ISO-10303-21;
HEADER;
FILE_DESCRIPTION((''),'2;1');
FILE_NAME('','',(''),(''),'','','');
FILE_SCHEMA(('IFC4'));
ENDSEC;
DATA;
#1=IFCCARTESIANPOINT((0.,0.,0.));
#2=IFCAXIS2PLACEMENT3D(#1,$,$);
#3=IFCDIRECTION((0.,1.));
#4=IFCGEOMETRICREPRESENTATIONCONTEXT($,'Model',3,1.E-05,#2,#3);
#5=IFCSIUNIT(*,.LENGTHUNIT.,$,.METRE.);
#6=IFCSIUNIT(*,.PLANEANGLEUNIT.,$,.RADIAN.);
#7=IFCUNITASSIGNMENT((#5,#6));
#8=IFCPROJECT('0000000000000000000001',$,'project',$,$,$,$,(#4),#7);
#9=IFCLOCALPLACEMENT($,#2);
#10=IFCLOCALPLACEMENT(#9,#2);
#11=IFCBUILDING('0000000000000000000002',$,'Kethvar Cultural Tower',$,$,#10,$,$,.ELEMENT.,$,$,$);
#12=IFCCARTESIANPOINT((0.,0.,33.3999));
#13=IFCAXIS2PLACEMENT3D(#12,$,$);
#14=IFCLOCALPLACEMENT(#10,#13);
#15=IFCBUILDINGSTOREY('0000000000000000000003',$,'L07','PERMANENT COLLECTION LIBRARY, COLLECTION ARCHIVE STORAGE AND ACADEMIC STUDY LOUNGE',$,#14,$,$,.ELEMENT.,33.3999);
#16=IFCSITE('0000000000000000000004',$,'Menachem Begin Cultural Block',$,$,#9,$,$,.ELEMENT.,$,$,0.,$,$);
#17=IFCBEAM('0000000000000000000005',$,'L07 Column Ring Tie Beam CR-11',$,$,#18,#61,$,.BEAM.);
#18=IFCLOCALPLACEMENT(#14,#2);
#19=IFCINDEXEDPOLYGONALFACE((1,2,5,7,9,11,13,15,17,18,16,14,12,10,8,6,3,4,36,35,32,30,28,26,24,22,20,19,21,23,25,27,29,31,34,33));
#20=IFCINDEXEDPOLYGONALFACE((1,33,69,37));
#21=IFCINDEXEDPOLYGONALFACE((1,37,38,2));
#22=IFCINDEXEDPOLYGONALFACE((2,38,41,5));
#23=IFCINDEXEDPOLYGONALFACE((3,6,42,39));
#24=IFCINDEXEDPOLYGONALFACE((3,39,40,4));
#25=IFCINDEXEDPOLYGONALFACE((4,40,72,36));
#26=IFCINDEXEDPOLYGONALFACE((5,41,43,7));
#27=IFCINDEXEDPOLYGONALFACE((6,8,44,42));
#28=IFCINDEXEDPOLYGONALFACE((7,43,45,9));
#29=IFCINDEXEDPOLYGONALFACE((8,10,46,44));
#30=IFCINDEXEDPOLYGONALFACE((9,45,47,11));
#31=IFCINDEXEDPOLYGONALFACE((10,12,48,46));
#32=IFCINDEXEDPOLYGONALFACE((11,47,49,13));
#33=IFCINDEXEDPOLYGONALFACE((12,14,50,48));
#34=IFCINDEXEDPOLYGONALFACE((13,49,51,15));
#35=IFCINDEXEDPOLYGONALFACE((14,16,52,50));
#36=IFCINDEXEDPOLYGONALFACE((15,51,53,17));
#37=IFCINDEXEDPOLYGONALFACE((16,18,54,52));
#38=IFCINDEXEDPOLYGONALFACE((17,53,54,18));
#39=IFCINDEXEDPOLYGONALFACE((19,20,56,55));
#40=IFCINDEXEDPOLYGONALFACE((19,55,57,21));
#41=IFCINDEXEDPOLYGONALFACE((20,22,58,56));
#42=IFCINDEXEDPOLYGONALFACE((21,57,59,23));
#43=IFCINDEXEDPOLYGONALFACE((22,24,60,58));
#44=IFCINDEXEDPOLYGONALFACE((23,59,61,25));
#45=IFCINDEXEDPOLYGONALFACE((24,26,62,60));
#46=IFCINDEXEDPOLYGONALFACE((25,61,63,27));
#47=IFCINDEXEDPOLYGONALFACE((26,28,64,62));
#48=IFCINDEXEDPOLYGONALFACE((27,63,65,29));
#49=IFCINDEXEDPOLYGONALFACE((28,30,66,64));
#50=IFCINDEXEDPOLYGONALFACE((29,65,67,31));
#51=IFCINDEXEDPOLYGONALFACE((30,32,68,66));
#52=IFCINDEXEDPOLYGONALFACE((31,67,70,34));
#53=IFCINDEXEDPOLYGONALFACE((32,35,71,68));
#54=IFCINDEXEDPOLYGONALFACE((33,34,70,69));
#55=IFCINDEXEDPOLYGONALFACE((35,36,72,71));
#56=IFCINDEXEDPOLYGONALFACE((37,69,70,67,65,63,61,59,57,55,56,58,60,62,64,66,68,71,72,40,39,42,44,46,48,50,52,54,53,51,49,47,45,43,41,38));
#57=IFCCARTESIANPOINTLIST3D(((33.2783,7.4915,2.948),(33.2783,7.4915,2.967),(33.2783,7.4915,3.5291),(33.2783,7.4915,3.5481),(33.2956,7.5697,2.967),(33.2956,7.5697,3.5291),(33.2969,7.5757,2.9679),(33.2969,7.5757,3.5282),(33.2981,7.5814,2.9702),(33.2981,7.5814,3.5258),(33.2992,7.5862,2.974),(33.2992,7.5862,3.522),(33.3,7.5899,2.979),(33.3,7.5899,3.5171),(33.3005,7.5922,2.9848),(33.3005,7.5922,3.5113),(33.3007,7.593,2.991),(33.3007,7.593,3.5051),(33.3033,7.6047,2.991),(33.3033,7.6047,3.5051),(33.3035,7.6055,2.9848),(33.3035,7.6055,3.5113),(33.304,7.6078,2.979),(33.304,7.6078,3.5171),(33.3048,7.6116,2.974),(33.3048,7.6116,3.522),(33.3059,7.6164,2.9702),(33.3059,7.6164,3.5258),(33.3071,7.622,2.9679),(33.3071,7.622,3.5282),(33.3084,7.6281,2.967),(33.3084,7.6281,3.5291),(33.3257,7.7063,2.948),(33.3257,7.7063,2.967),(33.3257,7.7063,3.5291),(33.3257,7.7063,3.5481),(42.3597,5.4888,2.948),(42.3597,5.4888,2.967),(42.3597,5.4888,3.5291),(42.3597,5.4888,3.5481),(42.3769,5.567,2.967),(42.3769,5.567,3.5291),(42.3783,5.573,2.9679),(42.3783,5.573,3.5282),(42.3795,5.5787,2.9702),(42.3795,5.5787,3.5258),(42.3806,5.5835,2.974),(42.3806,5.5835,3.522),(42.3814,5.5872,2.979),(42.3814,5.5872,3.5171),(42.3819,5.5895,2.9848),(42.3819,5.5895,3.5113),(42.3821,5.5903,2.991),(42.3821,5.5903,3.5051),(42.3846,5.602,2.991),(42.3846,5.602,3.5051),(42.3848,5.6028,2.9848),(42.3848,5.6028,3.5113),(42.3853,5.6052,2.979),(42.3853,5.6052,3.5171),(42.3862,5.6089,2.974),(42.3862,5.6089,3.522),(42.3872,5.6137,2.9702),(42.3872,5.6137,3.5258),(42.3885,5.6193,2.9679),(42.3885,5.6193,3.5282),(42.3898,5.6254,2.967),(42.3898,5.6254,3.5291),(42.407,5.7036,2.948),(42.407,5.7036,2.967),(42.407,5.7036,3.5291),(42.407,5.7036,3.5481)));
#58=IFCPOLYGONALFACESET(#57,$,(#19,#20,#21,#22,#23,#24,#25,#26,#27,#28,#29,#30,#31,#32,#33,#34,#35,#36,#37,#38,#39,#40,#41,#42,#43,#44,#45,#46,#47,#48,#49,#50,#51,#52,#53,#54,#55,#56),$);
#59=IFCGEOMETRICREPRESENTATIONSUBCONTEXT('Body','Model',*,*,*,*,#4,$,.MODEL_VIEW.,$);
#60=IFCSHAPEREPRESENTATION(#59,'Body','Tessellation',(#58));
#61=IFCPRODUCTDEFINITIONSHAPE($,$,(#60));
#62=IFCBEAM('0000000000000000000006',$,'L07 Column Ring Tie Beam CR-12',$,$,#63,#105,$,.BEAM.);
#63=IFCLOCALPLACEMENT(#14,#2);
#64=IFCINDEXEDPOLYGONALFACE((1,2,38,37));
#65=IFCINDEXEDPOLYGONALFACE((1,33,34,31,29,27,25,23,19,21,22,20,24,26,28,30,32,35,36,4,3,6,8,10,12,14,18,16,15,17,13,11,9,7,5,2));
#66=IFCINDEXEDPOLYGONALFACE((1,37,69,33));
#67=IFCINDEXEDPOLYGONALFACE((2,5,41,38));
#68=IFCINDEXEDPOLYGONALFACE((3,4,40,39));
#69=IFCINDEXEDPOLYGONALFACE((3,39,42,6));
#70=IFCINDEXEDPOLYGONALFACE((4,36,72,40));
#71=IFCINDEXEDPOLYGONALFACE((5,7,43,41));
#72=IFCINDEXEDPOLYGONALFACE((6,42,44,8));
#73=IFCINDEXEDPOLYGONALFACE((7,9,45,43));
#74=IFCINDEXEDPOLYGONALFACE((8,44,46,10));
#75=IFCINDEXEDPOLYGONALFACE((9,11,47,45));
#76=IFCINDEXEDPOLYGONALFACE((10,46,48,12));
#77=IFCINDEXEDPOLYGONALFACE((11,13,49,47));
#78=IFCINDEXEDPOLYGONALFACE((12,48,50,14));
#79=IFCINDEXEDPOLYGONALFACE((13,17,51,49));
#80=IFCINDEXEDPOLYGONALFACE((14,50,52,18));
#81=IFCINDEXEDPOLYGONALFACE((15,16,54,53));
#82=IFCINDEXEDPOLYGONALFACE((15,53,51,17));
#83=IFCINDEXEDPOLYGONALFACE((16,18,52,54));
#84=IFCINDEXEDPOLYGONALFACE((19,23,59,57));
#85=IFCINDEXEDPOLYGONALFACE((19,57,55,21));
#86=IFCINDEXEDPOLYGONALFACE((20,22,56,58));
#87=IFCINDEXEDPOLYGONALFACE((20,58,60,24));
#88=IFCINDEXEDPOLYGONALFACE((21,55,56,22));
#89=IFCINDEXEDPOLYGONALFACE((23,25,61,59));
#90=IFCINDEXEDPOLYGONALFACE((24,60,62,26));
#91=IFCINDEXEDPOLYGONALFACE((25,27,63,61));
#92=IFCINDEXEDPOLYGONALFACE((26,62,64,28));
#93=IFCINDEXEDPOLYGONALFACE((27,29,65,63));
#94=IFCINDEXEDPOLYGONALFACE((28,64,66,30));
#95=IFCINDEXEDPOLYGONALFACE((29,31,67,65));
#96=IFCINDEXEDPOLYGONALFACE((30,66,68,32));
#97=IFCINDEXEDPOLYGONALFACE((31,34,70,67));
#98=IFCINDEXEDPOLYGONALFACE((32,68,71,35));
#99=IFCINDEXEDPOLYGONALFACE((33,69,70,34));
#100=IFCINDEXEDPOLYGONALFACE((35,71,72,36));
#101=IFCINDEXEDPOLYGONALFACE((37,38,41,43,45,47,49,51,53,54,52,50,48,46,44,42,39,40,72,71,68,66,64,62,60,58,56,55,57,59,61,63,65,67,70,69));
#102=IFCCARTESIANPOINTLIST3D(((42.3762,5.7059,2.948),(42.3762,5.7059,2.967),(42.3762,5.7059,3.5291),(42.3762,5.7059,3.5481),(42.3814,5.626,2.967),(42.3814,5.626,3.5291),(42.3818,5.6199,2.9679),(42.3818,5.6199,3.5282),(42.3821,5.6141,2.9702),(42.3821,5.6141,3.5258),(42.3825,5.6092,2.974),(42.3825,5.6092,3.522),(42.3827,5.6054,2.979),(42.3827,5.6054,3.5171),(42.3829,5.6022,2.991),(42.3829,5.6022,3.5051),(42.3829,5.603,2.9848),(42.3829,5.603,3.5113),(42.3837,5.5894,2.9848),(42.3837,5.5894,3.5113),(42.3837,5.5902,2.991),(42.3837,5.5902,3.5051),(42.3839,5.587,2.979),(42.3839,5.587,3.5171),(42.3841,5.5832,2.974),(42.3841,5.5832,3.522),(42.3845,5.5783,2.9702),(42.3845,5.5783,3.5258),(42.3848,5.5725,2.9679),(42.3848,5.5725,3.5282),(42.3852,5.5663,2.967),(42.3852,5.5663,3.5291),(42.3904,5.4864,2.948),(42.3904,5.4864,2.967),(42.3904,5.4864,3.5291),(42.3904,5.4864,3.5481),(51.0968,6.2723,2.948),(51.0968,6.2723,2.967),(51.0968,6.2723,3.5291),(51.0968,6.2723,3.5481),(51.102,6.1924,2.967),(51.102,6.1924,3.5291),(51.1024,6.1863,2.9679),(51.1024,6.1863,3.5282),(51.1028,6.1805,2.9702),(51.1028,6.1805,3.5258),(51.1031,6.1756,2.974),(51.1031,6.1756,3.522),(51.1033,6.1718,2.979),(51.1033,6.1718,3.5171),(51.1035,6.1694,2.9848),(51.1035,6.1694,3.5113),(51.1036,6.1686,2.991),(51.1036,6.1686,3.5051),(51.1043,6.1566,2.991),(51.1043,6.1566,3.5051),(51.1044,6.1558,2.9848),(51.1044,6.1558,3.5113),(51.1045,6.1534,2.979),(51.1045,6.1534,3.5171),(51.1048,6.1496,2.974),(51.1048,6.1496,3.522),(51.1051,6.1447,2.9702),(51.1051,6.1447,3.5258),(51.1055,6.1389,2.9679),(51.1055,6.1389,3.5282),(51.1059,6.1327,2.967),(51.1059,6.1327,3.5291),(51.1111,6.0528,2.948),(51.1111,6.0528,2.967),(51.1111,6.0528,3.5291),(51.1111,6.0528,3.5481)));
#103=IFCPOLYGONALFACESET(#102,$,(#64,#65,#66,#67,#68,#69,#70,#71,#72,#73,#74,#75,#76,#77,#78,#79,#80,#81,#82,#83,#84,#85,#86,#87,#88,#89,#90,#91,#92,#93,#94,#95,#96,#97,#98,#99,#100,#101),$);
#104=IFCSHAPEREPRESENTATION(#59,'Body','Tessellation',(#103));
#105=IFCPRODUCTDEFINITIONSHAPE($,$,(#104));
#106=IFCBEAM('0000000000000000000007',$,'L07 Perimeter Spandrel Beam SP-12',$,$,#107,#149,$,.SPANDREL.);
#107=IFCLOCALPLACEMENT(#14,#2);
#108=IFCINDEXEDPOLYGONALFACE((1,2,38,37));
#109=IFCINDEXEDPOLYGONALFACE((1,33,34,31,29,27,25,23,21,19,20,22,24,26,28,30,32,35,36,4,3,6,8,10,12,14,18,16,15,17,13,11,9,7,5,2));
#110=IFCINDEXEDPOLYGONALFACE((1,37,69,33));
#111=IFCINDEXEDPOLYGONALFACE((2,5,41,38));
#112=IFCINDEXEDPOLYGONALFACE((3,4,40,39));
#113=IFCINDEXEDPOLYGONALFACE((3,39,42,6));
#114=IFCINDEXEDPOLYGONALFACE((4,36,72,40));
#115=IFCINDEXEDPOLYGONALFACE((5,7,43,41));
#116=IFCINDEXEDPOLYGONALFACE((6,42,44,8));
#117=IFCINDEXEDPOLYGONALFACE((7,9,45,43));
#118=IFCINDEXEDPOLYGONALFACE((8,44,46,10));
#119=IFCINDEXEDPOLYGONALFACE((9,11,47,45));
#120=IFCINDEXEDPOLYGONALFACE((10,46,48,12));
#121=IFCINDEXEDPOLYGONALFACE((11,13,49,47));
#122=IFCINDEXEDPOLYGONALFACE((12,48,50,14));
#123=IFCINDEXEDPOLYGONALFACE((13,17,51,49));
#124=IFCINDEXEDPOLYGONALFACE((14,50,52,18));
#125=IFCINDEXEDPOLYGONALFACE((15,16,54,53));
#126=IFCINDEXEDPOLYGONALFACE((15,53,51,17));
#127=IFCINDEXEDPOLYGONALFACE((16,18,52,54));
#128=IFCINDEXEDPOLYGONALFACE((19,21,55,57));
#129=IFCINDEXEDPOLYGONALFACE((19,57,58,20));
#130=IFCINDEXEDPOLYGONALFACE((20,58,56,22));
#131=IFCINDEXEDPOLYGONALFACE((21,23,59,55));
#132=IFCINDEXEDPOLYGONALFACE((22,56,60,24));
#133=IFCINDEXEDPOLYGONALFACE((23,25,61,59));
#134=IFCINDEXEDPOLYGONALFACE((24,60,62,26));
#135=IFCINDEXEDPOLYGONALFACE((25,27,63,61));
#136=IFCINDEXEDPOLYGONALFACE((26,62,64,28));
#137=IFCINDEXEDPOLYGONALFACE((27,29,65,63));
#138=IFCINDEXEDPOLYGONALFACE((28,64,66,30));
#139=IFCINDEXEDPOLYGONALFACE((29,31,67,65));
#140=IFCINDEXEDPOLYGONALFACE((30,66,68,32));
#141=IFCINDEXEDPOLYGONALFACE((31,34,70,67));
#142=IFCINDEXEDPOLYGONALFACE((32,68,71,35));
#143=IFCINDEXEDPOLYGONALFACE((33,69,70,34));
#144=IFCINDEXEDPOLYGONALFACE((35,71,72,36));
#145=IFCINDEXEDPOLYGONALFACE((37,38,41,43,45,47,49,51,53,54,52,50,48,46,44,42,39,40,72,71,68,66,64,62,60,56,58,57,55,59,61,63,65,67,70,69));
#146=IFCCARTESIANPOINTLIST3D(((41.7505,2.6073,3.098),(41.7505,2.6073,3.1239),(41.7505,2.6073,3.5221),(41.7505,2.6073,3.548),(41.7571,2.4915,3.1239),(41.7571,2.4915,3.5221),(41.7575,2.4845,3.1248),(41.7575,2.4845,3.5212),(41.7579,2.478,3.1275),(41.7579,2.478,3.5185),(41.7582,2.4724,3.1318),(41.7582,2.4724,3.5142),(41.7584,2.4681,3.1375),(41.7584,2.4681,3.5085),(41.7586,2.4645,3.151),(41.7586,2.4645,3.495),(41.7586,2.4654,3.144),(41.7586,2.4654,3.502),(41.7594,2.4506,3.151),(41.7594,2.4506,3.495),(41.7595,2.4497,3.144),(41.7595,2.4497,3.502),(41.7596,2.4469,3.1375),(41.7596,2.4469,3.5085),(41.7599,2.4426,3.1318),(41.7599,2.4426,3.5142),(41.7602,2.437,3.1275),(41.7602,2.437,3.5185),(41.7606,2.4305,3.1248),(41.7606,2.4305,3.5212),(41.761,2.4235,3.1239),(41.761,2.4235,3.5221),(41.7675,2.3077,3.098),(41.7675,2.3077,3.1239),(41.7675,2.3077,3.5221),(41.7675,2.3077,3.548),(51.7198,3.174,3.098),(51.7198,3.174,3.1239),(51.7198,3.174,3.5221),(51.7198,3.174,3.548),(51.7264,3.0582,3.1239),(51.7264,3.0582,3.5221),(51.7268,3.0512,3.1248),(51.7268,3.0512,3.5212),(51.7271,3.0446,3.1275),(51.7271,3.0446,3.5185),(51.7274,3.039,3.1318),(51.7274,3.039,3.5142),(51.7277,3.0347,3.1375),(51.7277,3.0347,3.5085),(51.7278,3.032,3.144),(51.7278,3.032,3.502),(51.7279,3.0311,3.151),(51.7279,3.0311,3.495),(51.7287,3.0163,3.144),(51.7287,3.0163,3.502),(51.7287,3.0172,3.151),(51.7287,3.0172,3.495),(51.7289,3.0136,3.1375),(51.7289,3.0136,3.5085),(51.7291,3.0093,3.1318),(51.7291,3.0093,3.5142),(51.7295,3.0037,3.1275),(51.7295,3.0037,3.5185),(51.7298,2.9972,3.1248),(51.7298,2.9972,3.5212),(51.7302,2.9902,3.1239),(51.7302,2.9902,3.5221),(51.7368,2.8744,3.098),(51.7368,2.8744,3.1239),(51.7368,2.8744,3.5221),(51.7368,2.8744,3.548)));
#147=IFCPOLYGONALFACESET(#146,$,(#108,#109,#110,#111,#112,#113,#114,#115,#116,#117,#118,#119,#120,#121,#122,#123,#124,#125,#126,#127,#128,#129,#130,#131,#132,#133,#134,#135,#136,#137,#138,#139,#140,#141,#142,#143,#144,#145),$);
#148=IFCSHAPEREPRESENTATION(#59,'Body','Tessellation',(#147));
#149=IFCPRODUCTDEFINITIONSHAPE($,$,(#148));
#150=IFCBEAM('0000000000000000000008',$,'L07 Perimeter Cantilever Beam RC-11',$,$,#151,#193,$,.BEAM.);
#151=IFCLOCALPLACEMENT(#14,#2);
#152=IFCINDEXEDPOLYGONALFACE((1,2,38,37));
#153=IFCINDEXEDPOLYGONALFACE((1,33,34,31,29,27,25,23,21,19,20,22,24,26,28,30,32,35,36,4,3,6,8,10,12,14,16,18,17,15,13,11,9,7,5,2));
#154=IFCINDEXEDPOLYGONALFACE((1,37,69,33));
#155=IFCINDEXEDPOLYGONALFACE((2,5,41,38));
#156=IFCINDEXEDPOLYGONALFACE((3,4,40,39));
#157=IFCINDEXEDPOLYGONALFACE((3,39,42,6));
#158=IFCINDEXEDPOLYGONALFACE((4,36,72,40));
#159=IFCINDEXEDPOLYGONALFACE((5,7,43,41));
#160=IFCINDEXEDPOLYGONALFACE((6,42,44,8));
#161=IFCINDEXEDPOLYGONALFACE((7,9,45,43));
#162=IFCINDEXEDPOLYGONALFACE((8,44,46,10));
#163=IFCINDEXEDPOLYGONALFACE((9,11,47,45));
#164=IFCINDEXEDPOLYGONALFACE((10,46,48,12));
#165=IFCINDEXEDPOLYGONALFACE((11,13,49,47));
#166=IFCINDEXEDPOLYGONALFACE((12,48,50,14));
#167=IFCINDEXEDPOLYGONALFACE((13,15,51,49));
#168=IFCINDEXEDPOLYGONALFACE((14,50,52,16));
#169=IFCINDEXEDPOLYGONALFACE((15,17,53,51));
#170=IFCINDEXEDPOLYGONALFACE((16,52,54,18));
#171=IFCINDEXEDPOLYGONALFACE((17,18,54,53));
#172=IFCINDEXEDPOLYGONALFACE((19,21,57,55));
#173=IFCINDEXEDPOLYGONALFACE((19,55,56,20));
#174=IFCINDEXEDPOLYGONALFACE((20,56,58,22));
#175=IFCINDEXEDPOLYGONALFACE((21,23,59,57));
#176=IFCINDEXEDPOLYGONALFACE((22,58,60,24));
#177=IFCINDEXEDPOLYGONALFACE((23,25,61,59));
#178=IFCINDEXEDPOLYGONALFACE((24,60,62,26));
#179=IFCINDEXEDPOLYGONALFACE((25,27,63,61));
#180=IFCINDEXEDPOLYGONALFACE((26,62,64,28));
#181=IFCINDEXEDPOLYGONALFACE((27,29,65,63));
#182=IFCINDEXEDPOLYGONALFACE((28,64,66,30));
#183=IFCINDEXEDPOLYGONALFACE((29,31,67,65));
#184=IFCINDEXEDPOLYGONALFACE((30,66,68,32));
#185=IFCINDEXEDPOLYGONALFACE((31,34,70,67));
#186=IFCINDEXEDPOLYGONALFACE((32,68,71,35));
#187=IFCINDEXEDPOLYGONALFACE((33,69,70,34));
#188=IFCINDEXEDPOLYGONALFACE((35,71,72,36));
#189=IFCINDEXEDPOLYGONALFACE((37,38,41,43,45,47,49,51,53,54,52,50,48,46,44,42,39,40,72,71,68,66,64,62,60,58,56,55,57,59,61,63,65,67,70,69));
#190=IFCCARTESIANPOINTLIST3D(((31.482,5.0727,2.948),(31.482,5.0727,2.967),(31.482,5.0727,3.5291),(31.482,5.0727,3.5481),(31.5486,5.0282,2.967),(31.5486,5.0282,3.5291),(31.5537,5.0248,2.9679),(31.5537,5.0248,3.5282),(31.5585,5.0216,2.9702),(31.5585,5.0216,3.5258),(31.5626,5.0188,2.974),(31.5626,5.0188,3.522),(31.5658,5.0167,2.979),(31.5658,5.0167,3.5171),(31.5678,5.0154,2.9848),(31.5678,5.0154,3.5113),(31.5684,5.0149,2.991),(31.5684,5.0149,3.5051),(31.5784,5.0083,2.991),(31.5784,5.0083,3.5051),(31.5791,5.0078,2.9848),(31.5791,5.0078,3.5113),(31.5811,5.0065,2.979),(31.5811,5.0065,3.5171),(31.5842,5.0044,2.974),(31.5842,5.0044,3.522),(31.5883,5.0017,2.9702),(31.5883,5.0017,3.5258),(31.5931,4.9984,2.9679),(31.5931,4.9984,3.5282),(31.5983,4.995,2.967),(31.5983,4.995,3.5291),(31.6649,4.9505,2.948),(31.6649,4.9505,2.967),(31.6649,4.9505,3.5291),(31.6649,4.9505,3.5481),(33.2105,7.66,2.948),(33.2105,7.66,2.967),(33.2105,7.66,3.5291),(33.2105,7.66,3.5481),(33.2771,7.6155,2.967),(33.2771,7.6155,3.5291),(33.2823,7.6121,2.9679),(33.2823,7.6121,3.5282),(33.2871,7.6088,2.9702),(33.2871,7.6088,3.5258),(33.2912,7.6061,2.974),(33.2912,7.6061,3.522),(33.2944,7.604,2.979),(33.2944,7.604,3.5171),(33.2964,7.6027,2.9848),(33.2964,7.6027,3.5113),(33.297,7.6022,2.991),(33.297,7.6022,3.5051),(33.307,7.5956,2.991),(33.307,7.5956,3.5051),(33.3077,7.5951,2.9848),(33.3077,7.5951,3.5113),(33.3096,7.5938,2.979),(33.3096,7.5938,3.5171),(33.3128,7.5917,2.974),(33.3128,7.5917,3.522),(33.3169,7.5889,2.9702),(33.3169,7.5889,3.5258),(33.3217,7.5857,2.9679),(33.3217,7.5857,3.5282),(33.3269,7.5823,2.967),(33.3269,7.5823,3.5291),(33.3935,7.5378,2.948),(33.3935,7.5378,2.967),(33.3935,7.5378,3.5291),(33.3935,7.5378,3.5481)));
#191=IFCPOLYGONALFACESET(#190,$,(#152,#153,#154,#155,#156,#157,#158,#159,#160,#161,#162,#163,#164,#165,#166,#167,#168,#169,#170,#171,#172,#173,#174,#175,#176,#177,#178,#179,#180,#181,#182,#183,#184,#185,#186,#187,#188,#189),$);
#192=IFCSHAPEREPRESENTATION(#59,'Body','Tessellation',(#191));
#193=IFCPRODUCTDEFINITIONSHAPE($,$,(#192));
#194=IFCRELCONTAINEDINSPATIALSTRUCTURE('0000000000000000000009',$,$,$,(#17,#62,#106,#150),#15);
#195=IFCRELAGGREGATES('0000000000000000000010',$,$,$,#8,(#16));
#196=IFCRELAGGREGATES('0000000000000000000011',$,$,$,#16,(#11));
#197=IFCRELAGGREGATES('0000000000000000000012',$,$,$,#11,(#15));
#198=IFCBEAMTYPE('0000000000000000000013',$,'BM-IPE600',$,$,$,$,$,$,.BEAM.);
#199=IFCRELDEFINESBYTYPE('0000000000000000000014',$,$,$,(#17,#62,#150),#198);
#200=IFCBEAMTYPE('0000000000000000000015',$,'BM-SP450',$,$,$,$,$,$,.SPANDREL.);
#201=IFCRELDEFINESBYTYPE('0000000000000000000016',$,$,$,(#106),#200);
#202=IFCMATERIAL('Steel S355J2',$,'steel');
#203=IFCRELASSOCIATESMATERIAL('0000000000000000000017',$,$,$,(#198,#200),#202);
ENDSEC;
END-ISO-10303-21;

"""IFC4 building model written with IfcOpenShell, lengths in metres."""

from ifc_helpers import new_model, si_unit, direction, frame, origin, origin_2d, place, context, subcontext, project, spatial, i_section, extrude, source, transform, mapped, material, material_profile, profile_set, type_object, element, save


model = new_model("IFC4")

# Units and contexts
model_context = context("Model", 3, precision=1e-05, world=origin(), true_north=direction((0.0, 1.0)))
body_context = subcontext(model_context, "Body", "Model", "MODEL_VIEW")
ifc_project = project(units=[si_unit("LENGTHUNIT", "METRE"), si_unit("PLANEANGLEUNIT", "RADIAN")], contexts=[model_context])

# Site, building, storey
site_placement = place(None, origin())
site = spatial("IfcSite", under=ifc_project, at=site_placement, Name="Menachem Begin Cultural Block", CompositionType="ELEMENT", RefElevation=0.0)
building_placement = place(site_placement, origin())
building = spatial("IfcBuilding", under=site, at=building_placement, Name="Kethvar Cultural Tower", CompositionType="ELEMENT")
storey_placement = place(building_placement, frame((0.0, 0.0, 33.3999)))
storey = spatial("IfcBuildingStorey", under=building, at=storey_placement, Name="L07", Description="PERMANENT COLLECTION LIBRARY, COLLECTION ARCHIVE STORAGE AND ACADEMIC STUDY LOUNGE", CompositionType="ELEMENT", Elevation=33.3999)

# Beams
ifc_material_1 = material(Name="Steel S355J2", Category="steel")
ifc_material_profile_1 = material_profile(ifc_material_1, i_section(OverallWidth=0.22, OverallDepth=0.6001, WebThickness=0.012, FlangeThickness=0.019, FilletRadius=0.0239, at=origin_2d()), Name="Steel S355J2 — IPE600")
ifc_profile_set_1 = profile_set([ifc_material_profile_1], Name="Steel S355J2 — IPE600")
beam_type_1 = type_object("IfcBeamType", Name="BM-IPE600", PredefinedType="BEAM", material=ifc_profile_set_1)
shared_shape_1 = source(origin(), body_context, "Body", "SweptSolid", [
    extrude(i_section(OverallWidth=0.22, OverallDepth=0.6001, WebThickness=0.012, FlangeThickness=0.019, FilletRadius=0.0239, at=origin_2d()), origin(), (0.0, 0.0, 1.0), 9.2996),
])
beam_1_placement = place(storey_placement, frame((33.302, 7.5989, 3.248), z_axis=(0.976536, -0.215354, 0.0), x_axis=(0.215354, 0.976536, 0.0)))
element("IfcBeam", 1, at=beam_1_placement, inside=storey, type_object=beam_type_1, Name="L07 Column Ring Tie Beam CR-11", PredefinedType="BEAM", context=body_context, shape_type="MappedRepresentation", body=[
    mapped(shared_shape_1, transform((0.0, 0.0, 0.0), scale=1.0)),
])
shared_shape_2 = source(origin(), body_context, "Body", "SweptSolid", [
    extrude(i_section(OverallWidth=0.22, OverallDepth=0.6001, WebThickness=0.012, FlangeThickness=0.019, FilletRadius=0.0239, at=origin_2d()), origin(), (0.0, 0.0, 1.0), 8.739),
])
beam_2_placement = place(storey_placement, frame((42.3833, 5.5962, 3.248), z_axis=(0.997897, 0.064813, 0.0), x_axis=(-0.064813, 0.997897, 0.0)))
element("IfcBeam", 2, at=beam_2_placement, inside=storey, type_object=beam_type_1, Name="L07 Column Ring Tie Beam CR-12", PredefinedType="BEAM", context=body_context, shape_type="MappedRepresentation", body=[
    mapped(shared_shape_2, transform((0.0, 0.0, 0.0), scale=1.0)),
])
ifc_material_profile_2 = material_profile(ifc_material_1, i_section(OverallWidth=0.3, OverallDepth=0.45, WebThickness=0.0139, FlangeThickness=0.0259, FilletRadius=0.0271, at=origin_2d()), Name="Steel S355J2 — HEB450")
ifc_profile_set_2 = profile_set([ifc_material_profile_2], Name="Steel S355J2 — HEB450")
beam_type_2 = type_object("IfcBeamType", Name="BM-SP450", PredefinedType="SPANDREL", material=ifc_profile_set_2)
shared_shape_3 = source(origin(), body_context, "Body", "SweptSolid", [
    extrude(i_section(OverallWidth=0.3, OverallDepth=0.45, WebThickness=0.0139, FlangeThickness=0.0259, FilletRadius=0.0271, at=origin_2d()), origin(), (0.0, 0.0, 1.0), 9.9854),
])
beam_3_placement = place(storey_placement, frame((41.759, 2.4575, 3.323), z_axis=(0.998389, 0.056748, 0.0), x_axis=(-0.056748, 0.998389, 0.0)))
element("IfcBeam", 3, at=beam_3_placement, inside=storey, type_object=beam_type_2, Name="L07 Perimeter Spandrel Beam SP-12", PredefinedType="SPANDREL", context=body_context, shape_type="MappedRepresentation", body=[
    mapped(shared_shape_3, transform((0.0, 0.0, 0.0), scale=1.0)),
])
shared_shape_4 = source(origin(), body_context, "Body", "SweptSolid", [
    extrude(i_section(OverallWidth=0.22, OverallDepth=0.6001, WebThickness=0.012, FlangeThickness=0.019, FilletRadius=0.0239, at=origin_2d()), origin(), (0.0, 0.0, 1.0), 3.1116),
])
beam_4_placement = place(storey_placement, frame((33.302, 7.5989, 3.248), z_axis=(-0.555533, -0.831495, 0.0), x_axis=(0.831495, -0.555533, 0.0)))
element("IfcBeam", 4, at=beam_4_placement, inside=storey, type_object=beam_type_1, Name="L07 Perimeter Cantilever Beam RC-11", PredefinedType="BEAM", context=body_context, shape_type="MappedRepresentation", body=[
    mapped(shared_shape_4, transform((0.0, 0.0, 0.0), scale=1.0)),
])

save(model, "model.ifc")
